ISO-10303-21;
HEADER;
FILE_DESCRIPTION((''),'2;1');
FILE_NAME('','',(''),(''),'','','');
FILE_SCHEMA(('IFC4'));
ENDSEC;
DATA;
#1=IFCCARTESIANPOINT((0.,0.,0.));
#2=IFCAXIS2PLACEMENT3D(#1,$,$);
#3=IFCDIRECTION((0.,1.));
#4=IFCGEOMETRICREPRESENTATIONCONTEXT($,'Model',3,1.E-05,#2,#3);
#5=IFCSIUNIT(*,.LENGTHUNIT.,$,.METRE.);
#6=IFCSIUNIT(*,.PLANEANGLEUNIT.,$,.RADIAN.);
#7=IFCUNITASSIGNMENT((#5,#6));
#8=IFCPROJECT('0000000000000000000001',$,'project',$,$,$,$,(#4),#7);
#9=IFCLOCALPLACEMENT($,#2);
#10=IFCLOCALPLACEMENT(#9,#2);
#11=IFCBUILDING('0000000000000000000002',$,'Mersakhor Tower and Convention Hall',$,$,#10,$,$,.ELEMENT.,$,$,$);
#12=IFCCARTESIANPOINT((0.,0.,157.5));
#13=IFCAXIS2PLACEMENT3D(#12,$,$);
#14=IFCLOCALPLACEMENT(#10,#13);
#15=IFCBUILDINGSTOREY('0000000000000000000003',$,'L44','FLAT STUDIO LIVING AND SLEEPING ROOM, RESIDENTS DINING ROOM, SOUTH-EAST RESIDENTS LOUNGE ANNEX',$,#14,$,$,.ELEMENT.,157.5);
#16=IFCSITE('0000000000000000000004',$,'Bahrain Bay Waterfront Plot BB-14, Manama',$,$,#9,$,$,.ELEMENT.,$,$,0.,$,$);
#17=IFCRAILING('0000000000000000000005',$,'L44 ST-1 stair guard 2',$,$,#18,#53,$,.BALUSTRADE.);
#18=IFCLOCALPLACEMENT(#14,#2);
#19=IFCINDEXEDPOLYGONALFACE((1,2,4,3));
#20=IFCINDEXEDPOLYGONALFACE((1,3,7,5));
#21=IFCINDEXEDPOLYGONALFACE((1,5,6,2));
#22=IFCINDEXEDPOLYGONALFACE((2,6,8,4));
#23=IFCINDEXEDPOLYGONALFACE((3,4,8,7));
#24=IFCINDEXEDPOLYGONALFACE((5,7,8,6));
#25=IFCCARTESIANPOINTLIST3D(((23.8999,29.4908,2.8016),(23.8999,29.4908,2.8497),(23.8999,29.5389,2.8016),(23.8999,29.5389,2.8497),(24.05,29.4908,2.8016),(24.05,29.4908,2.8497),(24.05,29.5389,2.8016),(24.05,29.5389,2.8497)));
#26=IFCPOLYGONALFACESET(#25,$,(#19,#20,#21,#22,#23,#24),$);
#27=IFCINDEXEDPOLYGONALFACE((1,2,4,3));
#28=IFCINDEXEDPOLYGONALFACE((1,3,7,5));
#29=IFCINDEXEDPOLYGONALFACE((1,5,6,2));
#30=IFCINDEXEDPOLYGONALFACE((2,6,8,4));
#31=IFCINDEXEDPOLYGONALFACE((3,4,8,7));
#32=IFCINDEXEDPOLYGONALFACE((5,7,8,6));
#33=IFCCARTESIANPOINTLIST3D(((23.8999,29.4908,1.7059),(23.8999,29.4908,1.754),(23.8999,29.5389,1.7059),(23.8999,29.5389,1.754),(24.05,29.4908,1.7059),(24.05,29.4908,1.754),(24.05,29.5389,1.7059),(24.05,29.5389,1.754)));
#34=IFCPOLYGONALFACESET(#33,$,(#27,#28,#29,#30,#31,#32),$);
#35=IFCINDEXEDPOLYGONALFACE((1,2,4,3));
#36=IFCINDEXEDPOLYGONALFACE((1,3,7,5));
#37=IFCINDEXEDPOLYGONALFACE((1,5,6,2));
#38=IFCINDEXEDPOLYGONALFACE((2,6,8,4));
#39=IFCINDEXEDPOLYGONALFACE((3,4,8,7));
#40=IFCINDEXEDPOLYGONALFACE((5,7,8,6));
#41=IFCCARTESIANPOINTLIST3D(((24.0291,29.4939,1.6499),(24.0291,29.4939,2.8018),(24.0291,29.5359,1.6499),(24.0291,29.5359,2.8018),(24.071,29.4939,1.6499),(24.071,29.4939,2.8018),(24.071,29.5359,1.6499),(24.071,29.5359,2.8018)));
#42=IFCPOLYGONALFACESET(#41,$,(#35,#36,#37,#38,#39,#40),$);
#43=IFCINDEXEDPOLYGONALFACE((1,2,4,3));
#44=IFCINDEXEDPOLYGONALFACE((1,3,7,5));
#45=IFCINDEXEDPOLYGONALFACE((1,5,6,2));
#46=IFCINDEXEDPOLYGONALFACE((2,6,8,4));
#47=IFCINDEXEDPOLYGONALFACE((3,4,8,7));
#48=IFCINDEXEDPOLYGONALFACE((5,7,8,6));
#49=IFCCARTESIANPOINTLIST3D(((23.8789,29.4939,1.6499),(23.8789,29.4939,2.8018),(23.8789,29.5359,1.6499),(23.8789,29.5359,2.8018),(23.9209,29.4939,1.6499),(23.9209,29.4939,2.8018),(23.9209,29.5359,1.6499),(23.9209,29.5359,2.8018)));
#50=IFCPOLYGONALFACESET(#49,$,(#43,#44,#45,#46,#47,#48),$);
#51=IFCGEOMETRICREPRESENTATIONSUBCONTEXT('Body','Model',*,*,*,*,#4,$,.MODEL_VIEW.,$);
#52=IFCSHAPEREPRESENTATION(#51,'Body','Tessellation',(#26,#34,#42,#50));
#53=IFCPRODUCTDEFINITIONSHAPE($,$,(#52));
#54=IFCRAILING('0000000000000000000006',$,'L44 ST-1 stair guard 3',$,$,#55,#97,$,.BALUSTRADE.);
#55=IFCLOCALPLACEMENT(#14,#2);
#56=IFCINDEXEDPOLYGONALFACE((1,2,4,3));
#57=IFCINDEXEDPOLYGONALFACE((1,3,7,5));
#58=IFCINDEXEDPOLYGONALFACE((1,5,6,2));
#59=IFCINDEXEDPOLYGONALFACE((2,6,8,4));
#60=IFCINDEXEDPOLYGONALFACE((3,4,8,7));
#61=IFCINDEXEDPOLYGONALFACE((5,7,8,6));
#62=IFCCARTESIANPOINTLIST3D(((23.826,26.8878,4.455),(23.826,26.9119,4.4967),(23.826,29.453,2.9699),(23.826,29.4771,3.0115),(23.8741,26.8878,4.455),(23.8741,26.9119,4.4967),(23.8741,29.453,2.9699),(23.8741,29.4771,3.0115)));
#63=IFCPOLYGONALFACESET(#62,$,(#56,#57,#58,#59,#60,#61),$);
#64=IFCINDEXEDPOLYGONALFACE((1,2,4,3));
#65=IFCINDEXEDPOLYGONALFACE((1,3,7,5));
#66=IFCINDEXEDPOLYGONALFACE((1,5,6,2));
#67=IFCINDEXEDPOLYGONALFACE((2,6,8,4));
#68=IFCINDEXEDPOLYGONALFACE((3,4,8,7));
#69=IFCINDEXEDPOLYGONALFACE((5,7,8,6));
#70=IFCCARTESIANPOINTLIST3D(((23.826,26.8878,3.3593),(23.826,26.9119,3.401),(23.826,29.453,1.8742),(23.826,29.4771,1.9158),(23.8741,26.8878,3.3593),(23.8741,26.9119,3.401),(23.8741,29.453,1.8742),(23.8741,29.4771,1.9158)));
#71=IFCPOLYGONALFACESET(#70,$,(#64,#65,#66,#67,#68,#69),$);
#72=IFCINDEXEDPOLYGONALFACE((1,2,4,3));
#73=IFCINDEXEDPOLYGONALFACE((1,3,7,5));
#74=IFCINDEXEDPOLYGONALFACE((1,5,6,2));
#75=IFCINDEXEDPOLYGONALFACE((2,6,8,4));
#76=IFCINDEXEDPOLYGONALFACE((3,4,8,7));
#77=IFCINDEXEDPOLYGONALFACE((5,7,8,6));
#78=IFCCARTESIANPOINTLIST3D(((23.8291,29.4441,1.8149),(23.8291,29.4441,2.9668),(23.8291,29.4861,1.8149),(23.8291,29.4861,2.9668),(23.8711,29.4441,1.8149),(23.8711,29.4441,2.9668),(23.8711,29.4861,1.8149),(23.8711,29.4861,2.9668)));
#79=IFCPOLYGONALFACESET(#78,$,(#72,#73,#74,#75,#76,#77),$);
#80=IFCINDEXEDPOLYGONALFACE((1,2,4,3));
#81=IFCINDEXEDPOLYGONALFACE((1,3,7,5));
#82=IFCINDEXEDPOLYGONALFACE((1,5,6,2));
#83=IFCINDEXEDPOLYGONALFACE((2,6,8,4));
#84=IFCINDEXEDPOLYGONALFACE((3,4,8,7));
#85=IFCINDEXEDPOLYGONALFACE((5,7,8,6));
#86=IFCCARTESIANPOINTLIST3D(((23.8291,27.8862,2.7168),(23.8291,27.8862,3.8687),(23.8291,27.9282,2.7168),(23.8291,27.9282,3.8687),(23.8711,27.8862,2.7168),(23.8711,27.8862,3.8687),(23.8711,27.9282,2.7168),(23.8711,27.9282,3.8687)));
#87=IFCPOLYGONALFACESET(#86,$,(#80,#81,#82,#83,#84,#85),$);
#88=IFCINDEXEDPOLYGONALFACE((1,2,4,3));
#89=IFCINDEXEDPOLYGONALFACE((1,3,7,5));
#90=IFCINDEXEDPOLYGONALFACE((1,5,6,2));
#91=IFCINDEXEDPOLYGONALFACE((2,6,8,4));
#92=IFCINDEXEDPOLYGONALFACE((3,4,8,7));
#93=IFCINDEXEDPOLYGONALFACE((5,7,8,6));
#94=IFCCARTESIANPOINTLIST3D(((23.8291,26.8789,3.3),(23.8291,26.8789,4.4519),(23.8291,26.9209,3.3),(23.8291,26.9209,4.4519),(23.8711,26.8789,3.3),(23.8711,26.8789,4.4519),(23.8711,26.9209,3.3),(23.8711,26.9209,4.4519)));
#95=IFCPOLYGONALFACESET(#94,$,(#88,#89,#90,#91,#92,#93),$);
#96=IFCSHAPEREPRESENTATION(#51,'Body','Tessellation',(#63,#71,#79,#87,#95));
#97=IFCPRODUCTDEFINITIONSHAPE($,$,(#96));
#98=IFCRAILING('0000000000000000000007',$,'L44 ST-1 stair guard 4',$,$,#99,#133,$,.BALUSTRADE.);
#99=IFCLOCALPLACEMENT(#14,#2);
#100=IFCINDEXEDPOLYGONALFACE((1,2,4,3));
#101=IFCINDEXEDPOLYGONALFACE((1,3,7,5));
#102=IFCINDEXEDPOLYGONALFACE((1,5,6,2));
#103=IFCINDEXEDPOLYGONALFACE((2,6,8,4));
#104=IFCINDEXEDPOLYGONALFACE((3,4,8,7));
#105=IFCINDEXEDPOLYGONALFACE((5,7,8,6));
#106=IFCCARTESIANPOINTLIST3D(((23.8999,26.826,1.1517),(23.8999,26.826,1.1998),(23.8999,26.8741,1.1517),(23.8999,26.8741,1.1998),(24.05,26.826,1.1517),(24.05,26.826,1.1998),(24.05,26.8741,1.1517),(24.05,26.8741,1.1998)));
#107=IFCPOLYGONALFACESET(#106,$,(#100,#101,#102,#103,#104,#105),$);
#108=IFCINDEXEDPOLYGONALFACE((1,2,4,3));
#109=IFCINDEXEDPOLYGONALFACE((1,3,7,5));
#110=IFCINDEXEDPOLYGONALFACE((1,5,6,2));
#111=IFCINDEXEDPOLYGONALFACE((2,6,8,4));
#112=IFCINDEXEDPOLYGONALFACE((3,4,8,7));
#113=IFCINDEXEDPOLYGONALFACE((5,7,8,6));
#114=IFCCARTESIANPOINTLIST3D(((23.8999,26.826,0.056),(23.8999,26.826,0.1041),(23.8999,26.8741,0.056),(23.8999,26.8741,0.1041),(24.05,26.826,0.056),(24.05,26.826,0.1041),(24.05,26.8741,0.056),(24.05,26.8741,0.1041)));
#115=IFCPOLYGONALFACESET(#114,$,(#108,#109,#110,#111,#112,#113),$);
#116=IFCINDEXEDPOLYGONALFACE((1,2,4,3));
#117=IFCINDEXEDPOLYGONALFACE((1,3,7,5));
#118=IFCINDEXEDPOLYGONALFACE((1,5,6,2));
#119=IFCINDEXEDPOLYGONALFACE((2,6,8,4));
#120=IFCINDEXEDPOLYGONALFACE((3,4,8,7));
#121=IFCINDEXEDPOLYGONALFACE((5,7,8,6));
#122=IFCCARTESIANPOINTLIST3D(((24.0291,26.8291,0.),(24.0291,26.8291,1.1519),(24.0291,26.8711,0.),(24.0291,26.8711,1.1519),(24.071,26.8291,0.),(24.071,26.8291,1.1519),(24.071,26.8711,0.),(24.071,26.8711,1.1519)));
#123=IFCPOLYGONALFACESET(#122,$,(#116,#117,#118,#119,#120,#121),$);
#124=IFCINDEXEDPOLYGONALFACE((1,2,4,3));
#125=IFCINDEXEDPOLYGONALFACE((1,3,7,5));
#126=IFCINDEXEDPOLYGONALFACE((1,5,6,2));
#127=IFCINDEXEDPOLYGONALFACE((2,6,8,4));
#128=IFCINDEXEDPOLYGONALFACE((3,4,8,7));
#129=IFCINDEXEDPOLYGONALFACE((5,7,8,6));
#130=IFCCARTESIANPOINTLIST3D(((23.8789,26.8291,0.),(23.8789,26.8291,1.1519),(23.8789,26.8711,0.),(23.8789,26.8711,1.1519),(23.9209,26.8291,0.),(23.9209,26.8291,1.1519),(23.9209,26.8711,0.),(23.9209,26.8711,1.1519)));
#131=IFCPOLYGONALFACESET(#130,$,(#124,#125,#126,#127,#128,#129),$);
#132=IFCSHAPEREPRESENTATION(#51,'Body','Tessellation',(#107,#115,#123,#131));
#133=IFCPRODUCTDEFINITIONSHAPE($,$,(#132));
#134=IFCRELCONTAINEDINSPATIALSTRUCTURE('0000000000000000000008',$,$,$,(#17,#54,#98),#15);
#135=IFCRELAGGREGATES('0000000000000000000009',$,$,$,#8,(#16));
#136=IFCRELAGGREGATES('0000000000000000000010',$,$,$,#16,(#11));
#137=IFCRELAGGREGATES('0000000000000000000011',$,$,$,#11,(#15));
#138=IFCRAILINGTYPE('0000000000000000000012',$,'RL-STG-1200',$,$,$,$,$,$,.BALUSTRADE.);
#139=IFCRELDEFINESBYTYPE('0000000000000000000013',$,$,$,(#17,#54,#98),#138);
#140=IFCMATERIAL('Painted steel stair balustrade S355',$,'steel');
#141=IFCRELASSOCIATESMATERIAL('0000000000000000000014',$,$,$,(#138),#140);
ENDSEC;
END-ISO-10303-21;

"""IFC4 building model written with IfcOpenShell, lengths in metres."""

from ifc_helpers import new_model, si_unit, direction, frame, origin, origin_2d, place, context, subcontext, project, spatial, rectangle, extrude, material, type_object, element, save


model = new_model("IFC4")

# Units and contexts
model_context = context("Model", 3, precision=1e-05, world=origin(), true_north=direction((0.0, 1.0)))
body_context = subcontext(model_context, "Body", "Model", "MODEL_VIEW")
ifc_project = project(units=[si_unit("LENGTHUNIT", "METRE"), si_unit("PLANEANGLEUNIT", "RADIAN")], contexts=[model_context])

# Site, building, storey
site_placement = place(None, origin())
site = spatial("IfcSite", under=ifc_project, at=site_placement, Name="Bahrain Bay Waterfront Plot BB-14, Manama", CompositionType="ELEMENT", RefElevation=0.0)
building_placement = place(site_placement, origin())
building = spatial("IfcBuilding", under=site, at=building_placement, Name="Mersakhor Tower and Convention Hall", CompositionType="ELEMENT")
storey_placement = place(building_placement, frame((0.0, 0.0, 157.5)))
storey = spatial("IfcBuildingStorey", under=building, at=storey_placement, Name="L44", Description="FLAT STUDIO LIVING AND SLEEPING ROOM, RESIDENTS DINING ROOM, SOUTH-EAST RESIDENTS LOUNGE ANNEX", CompositionType="ELEMENT", Elevation=157.5)

# Railings
ifc_material_1 = material(Name="Painted steel stair balustrade S355", Category="steel")
railing_type_1 = type_object("IfcRailingType", Name="RL-STG-1200", PredefinedType="BALUSTRADE", material=ifc_material_1)
railing_1_placement = place(storey_placement, frame((24.05, 29.5149, 1.6499)))
element("IfcRailing", 1, at=railing_1_placement, inside=storey, type_object=railing_type_1, Name="L44 ST-1 stair guard 2", PredefinedType="BALUSTRADE", context=body_context, shape_type="SweptSolid", body=[
    extrude(rectangle(XDim=0.0481, YDim=0.0481, at=origin_2d()), frame((0.0, 0.0, 1.1758), z_axis=(-1.0, 0.0, 0.0), x_axis=(0.0, -1.0, 0.0)), (0.0, 0.0, 1.0), 0.1501),
    extrude(rectangle(XDim=0.0481, YDim=0.0481, at=origin_2d()), frame((0.0, 0.0, 0.0801), z_axis=(-1.0, 0.0, 0.0), x_axis=(0.0, -1.0, 0.0)), (0.0, 0.0, 1.0), 0.1501),
    extrude(rectangle(XDim=0.042, YDim=0.042, at=origin_2d()), origin(), (0.0, 0.0, 1.0), 1.1519),
    extrude(rectangle(XDim=0.042, YDim=0.042, at=origin_2d()), frame((-0.1501, 0.0, 0.0)), (0.0, 0.0, 1.0), 1.1519),
])
railing_2_placement = place(storey_placement, frame((23.8501, 29.4651, 1.8149)))
element("IfcRailing", 2, at=railing_2_placement, inside=storey, type_object=railing_type_1, Name="L44 ST-1 stair guard 3", PredefinedType="BALUSTRADE", context=body_context, shape_type="SweptSolid", body=[
    extrude(rectangle(XDim=0.0481, YDim=0.0481, at=origin_2d()), frame((0.0, 0.0, 1.1758), z_axis=(0.0, -0.865426, 0.501036), x_axis=(1.0, 0.0, 0.0)), (0.0, 0.0, 1.0), 2.9641),
    extrude(rectangle(XDim=0.0481, YDim=0.0481, at=origin_2d()), frame((0.0, 0.0, 0.0801), z_axis=(0.0, -0.865426, 0.501036), x_axis=(1.0, 0.0, 0.0)), (0.0, 0.0, 1.0), 2.9641),
    extrude(rectangle(XDim=0.042, YDim=0.042, at=origin_2d()), origin(), (0.0, 0.0, 1.0), 1.1519),
    extrude(rectangle(XDim=0.042, YDim=0.042, at=origin_2d()), frame((0.0, -1.5579, 0.9019)), (0.0, 0.0, 1.0), 1.1519),
    extrude(rectangle(XDim=0.042, YDim=0.042, at=origin_2d()), frame((0.0, -2.5652, 1.4851)), (0.0, 0.0, 1.0), 1.1519),
])
railing_3_placement = place(storey_placement, frame((24.05, 26.8501, 0.0)))
element("IfcRailing", 3, at=railing_3_placement, inside=storey, type_object=railing_type_1, Name="L44 ST-1 stair guard 4", PredefinedType="BALUSTRADE", context=body_context, shape_type="SweptSolid", body=[
    extrude(rectangle(XDim=0.0481, YDim=0.0481, at=origin_2d()), frame((0.0, 0.0, 1.1758), z_axis=(-1.0, 0.0, 0.0), x_axis=(0.0, -1.0, 0.0)), (0.0, 0.0, 1.0), 0.1501),
    extrude(rectangle(XDim=0.0481, YDim=0.0481, at=origin_2d()), frame((0.0, 0.0, 0.0801), z_axis=(-1.0, 0.0, 0.0), x_axis=(0.0, -1.0, 0.0)), (0.0, 0.0, 1.0), 0.1501),
    extrude(rectangle(XDim=0.042, YDim=0.042, at=origin_2d()), origin(), (0.0, 0.0, 1.0), 1.1519),
    extrude(rectangle(XDim=0.042, YDim=0.042, at=origin_2d()), frame((-0.1501, 0.0, 0.0)), (0.0, 0.0, 1.0), 1.1519),
])

save(model, "model.ifc")
